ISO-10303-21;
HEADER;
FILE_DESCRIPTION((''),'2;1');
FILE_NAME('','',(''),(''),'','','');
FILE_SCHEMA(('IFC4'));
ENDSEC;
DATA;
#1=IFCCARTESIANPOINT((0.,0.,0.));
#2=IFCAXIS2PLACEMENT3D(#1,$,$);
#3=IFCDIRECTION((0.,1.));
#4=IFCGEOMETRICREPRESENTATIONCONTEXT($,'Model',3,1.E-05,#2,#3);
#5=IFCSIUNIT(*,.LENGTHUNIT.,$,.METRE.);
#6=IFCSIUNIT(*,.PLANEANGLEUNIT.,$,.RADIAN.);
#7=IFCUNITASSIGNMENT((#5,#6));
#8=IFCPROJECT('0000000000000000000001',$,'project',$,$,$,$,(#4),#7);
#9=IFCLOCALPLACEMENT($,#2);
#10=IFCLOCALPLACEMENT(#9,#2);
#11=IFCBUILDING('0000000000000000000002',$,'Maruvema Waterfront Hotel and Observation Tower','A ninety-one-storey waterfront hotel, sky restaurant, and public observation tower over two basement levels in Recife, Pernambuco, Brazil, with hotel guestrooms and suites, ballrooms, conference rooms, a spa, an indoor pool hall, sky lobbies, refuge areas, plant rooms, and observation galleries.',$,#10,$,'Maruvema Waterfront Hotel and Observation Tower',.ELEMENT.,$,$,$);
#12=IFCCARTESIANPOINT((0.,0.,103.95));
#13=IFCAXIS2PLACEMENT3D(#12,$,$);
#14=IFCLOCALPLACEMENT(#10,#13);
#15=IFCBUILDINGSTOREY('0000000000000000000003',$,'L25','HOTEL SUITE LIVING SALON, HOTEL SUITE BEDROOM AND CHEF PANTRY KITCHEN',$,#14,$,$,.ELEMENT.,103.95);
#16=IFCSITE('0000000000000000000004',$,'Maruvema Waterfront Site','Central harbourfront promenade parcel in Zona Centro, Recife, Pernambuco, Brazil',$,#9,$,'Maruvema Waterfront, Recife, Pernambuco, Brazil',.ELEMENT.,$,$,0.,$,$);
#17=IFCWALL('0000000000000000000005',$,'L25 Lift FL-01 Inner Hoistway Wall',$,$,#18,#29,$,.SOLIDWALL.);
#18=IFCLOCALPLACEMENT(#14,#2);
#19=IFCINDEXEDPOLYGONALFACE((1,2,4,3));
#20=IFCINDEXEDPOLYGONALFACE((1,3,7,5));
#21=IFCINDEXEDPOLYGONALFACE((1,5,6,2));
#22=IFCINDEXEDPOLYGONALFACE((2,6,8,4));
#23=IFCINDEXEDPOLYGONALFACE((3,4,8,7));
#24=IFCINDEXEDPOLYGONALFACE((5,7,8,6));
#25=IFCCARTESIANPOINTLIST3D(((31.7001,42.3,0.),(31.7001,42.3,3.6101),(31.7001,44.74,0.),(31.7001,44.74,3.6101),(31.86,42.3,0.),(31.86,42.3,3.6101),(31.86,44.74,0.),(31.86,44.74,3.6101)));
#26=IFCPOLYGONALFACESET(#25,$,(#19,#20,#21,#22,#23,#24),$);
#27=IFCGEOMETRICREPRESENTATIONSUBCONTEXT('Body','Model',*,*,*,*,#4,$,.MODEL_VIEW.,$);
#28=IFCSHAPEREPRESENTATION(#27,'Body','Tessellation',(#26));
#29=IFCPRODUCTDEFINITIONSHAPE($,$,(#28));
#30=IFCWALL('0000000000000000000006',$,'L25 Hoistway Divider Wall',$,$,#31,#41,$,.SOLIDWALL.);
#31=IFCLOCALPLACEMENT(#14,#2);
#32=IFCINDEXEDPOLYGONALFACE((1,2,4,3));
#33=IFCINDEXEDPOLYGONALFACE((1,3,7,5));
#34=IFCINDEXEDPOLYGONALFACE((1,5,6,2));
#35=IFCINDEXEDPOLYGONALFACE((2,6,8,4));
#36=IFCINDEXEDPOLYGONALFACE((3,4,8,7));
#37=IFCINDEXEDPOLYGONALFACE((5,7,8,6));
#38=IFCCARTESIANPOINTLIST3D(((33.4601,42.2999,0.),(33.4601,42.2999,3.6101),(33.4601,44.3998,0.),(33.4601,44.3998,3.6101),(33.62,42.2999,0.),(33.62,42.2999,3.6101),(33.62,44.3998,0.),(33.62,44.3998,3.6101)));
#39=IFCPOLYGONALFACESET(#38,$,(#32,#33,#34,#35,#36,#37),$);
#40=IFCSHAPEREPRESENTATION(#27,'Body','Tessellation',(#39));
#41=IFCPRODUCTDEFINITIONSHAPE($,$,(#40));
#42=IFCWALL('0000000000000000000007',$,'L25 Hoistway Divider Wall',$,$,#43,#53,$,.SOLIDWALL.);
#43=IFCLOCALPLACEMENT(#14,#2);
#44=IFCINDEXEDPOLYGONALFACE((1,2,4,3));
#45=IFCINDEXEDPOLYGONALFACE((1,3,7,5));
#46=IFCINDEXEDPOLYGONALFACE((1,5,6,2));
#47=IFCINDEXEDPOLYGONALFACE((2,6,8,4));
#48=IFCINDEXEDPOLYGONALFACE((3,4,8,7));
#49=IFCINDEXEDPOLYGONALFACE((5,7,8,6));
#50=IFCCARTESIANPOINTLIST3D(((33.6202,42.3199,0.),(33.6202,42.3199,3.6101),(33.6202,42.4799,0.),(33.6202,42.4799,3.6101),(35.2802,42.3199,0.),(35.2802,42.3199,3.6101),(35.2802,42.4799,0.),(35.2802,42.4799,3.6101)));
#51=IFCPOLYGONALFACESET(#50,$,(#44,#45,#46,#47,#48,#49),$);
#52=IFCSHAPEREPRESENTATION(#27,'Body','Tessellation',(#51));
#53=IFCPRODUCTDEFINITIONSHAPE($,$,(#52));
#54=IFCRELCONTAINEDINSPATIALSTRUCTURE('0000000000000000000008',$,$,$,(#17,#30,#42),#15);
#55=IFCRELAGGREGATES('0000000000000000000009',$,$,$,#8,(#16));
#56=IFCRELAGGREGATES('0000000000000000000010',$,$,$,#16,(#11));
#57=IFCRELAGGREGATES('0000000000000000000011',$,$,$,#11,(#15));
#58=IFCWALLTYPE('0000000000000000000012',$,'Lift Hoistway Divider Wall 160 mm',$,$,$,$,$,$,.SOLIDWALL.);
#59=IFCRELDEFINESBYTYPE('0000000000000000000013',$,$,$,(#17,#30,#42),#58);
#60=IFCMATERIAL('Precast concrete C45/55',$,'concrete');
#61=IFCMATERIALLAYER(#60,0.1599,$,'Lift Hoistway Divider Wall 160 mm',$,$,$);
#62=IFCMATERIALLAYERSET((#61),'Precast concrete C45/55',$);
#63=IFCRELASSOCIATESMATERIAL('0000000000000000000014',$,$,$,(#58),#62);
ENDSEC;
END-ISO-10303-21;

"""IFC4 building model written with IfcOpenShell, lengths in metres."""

from ifc_helpers import new_model, si_unit, direction, frame, frame_2d, origin, place, context, subcontext, project, spatial, rectangle, extrude, material, layer, layer_set, type_object, element, save


model = new_model("IFC4")

# Units and contexts
model_context = context("Model", 3, precision=1e-05, world=origin(), true_north=direction((0.0, 1.0)))
body_context = subcontext(model_context, "Body", "Model", "MODEL_VIEW")
ifc_project = project(units=[si_unit("LENGTHUNIT", "METRE"), si_unit("PLANEANGLEUNIT", "RADIAN")], contexts=[model_context])

# Site, building, storey
site_placement = place(None, origin())
site = spatial("IfcSite", under=ifc_project, at=site_placement, Name="Maruvema Waterfront Site", Description="Central harbourfront promenade parcel in Zona Centro, Recife, Pernambuco, Brazil", LongName="Maruvema Waterfront, Recife, Pernambuco, Brazil", CompositionType="ELEMENT", RefElevation=0.0)
building_placement = place(site_placement, origin())
building = spatial("IfcBuilding", under=site, at=building_placement, Name="Maruvema Waterfront Hotel and Observation Tower", Description="A ninety-one-storey waterfront hotel, sky restaurant, and public observation tower over two basement levels in Recife, Pernambuco, Brazil, with hotel guestrooms and suites, ballrooms, conference rooms, a spa, an indoor pool hall, sky lobbies, refuge areas, plant rooms, and observation galleries.", LongName="Maruvema Waterfront Hotel and Observation Tower", CompositionType="ELEMENT")
storey_placement = place(building_placement, frame((0.0, 0.0, 103.95)))
storey = spatial("IfcBuildingStorey", under=building, at=storey_placement, Name="L25", Description="HOTEL SUITE LIVING SALON, HOTEL SUITE BEDROOM AND CHEF PANTRY KITCHEN", CompositionType="ELEMENT", Elevation=103.95)

# Walls
ifc_material_1 = material(Name="Precast concrete C45/55", Category="concrete")
ifc_layer_1 = layer(ifc_material_1, 0.1599, Name="Lift Hoistway Divider Wall 160 mm")
ifc_layer_set_1 = layer_set([ifc_layer_1], Name="Precast concrete C45/55")
wall_type_1 = type_object("IfcWallType", Name="Lift Hoistway Divider Wall 160 mm", PredefinedType="SOLIDWALL", material=ifc_layer_set_1)
wall_1_placement = place(storey_placement, frame((31.78, 42.3, 0.0), z_axis=(0.0, 0.0, 1.0), x_axis=(0.0, 1.0, 0.0)))
element("IfcWall", 1, at=wall_1_placement, inside=storey, type_object=wall_type_1, Name="L25 Lift FL-01 Inner Hoistway Wall", PredefinedType="SOLIDWALL", context=body_context, shape_type="SweptSolid", body=[
    extrude(rectangle(XDim=2.4399, YDim=0.1599, at=frame_2d((1.22, 0.0))), origin(), (0.0, 0.0, 1.0), 3.6101),
])
wall_2_placement = place(storey_placement, frame((33.54, 42.3, 0.0), z_axis=(0.0, 0.0, 1.0), x_axis=(0.0, 1.0, 0.0)))
element("IfcWall", 2, at=wall_2_placement, inside=storey, type_object=wall_type_1, Name="L25 Hoistway Divider Wall", PredefinedType="SOLIDWALL", context=body_context, shape_type="SweptSolid", body=[
    extrude(rectangle(XDim=2.0999, YDim=0.1599, at=frame_2d((1.0498, 0.0))), origin(), (0.0, 0.0, 1.0), 3.6101),
])
wall_3_placement = place(storey_placement, frame((33.6201, 42.3999, 0.0), z_axis=(0.0, 0.0, 1.0), x_axis=(1.0, 0.0, 0.0)))
element("IfcWall", 3, at=wall_3_placement, inside=storey, type_object=wall_type_1, Name="L25 Hoistway Divider Wall", PredefinedType="SOLIDWALL", context=body_context, shape_type="SweptSolid", body=[
    extrude(rectangle(XDim=1.6599, YDim=0.1599, at=frame_2d((0.8301, 0.0))), origin(), (0.0, 0.0, 1.0), 3.6101),
])

save(model, "model.ifc")
